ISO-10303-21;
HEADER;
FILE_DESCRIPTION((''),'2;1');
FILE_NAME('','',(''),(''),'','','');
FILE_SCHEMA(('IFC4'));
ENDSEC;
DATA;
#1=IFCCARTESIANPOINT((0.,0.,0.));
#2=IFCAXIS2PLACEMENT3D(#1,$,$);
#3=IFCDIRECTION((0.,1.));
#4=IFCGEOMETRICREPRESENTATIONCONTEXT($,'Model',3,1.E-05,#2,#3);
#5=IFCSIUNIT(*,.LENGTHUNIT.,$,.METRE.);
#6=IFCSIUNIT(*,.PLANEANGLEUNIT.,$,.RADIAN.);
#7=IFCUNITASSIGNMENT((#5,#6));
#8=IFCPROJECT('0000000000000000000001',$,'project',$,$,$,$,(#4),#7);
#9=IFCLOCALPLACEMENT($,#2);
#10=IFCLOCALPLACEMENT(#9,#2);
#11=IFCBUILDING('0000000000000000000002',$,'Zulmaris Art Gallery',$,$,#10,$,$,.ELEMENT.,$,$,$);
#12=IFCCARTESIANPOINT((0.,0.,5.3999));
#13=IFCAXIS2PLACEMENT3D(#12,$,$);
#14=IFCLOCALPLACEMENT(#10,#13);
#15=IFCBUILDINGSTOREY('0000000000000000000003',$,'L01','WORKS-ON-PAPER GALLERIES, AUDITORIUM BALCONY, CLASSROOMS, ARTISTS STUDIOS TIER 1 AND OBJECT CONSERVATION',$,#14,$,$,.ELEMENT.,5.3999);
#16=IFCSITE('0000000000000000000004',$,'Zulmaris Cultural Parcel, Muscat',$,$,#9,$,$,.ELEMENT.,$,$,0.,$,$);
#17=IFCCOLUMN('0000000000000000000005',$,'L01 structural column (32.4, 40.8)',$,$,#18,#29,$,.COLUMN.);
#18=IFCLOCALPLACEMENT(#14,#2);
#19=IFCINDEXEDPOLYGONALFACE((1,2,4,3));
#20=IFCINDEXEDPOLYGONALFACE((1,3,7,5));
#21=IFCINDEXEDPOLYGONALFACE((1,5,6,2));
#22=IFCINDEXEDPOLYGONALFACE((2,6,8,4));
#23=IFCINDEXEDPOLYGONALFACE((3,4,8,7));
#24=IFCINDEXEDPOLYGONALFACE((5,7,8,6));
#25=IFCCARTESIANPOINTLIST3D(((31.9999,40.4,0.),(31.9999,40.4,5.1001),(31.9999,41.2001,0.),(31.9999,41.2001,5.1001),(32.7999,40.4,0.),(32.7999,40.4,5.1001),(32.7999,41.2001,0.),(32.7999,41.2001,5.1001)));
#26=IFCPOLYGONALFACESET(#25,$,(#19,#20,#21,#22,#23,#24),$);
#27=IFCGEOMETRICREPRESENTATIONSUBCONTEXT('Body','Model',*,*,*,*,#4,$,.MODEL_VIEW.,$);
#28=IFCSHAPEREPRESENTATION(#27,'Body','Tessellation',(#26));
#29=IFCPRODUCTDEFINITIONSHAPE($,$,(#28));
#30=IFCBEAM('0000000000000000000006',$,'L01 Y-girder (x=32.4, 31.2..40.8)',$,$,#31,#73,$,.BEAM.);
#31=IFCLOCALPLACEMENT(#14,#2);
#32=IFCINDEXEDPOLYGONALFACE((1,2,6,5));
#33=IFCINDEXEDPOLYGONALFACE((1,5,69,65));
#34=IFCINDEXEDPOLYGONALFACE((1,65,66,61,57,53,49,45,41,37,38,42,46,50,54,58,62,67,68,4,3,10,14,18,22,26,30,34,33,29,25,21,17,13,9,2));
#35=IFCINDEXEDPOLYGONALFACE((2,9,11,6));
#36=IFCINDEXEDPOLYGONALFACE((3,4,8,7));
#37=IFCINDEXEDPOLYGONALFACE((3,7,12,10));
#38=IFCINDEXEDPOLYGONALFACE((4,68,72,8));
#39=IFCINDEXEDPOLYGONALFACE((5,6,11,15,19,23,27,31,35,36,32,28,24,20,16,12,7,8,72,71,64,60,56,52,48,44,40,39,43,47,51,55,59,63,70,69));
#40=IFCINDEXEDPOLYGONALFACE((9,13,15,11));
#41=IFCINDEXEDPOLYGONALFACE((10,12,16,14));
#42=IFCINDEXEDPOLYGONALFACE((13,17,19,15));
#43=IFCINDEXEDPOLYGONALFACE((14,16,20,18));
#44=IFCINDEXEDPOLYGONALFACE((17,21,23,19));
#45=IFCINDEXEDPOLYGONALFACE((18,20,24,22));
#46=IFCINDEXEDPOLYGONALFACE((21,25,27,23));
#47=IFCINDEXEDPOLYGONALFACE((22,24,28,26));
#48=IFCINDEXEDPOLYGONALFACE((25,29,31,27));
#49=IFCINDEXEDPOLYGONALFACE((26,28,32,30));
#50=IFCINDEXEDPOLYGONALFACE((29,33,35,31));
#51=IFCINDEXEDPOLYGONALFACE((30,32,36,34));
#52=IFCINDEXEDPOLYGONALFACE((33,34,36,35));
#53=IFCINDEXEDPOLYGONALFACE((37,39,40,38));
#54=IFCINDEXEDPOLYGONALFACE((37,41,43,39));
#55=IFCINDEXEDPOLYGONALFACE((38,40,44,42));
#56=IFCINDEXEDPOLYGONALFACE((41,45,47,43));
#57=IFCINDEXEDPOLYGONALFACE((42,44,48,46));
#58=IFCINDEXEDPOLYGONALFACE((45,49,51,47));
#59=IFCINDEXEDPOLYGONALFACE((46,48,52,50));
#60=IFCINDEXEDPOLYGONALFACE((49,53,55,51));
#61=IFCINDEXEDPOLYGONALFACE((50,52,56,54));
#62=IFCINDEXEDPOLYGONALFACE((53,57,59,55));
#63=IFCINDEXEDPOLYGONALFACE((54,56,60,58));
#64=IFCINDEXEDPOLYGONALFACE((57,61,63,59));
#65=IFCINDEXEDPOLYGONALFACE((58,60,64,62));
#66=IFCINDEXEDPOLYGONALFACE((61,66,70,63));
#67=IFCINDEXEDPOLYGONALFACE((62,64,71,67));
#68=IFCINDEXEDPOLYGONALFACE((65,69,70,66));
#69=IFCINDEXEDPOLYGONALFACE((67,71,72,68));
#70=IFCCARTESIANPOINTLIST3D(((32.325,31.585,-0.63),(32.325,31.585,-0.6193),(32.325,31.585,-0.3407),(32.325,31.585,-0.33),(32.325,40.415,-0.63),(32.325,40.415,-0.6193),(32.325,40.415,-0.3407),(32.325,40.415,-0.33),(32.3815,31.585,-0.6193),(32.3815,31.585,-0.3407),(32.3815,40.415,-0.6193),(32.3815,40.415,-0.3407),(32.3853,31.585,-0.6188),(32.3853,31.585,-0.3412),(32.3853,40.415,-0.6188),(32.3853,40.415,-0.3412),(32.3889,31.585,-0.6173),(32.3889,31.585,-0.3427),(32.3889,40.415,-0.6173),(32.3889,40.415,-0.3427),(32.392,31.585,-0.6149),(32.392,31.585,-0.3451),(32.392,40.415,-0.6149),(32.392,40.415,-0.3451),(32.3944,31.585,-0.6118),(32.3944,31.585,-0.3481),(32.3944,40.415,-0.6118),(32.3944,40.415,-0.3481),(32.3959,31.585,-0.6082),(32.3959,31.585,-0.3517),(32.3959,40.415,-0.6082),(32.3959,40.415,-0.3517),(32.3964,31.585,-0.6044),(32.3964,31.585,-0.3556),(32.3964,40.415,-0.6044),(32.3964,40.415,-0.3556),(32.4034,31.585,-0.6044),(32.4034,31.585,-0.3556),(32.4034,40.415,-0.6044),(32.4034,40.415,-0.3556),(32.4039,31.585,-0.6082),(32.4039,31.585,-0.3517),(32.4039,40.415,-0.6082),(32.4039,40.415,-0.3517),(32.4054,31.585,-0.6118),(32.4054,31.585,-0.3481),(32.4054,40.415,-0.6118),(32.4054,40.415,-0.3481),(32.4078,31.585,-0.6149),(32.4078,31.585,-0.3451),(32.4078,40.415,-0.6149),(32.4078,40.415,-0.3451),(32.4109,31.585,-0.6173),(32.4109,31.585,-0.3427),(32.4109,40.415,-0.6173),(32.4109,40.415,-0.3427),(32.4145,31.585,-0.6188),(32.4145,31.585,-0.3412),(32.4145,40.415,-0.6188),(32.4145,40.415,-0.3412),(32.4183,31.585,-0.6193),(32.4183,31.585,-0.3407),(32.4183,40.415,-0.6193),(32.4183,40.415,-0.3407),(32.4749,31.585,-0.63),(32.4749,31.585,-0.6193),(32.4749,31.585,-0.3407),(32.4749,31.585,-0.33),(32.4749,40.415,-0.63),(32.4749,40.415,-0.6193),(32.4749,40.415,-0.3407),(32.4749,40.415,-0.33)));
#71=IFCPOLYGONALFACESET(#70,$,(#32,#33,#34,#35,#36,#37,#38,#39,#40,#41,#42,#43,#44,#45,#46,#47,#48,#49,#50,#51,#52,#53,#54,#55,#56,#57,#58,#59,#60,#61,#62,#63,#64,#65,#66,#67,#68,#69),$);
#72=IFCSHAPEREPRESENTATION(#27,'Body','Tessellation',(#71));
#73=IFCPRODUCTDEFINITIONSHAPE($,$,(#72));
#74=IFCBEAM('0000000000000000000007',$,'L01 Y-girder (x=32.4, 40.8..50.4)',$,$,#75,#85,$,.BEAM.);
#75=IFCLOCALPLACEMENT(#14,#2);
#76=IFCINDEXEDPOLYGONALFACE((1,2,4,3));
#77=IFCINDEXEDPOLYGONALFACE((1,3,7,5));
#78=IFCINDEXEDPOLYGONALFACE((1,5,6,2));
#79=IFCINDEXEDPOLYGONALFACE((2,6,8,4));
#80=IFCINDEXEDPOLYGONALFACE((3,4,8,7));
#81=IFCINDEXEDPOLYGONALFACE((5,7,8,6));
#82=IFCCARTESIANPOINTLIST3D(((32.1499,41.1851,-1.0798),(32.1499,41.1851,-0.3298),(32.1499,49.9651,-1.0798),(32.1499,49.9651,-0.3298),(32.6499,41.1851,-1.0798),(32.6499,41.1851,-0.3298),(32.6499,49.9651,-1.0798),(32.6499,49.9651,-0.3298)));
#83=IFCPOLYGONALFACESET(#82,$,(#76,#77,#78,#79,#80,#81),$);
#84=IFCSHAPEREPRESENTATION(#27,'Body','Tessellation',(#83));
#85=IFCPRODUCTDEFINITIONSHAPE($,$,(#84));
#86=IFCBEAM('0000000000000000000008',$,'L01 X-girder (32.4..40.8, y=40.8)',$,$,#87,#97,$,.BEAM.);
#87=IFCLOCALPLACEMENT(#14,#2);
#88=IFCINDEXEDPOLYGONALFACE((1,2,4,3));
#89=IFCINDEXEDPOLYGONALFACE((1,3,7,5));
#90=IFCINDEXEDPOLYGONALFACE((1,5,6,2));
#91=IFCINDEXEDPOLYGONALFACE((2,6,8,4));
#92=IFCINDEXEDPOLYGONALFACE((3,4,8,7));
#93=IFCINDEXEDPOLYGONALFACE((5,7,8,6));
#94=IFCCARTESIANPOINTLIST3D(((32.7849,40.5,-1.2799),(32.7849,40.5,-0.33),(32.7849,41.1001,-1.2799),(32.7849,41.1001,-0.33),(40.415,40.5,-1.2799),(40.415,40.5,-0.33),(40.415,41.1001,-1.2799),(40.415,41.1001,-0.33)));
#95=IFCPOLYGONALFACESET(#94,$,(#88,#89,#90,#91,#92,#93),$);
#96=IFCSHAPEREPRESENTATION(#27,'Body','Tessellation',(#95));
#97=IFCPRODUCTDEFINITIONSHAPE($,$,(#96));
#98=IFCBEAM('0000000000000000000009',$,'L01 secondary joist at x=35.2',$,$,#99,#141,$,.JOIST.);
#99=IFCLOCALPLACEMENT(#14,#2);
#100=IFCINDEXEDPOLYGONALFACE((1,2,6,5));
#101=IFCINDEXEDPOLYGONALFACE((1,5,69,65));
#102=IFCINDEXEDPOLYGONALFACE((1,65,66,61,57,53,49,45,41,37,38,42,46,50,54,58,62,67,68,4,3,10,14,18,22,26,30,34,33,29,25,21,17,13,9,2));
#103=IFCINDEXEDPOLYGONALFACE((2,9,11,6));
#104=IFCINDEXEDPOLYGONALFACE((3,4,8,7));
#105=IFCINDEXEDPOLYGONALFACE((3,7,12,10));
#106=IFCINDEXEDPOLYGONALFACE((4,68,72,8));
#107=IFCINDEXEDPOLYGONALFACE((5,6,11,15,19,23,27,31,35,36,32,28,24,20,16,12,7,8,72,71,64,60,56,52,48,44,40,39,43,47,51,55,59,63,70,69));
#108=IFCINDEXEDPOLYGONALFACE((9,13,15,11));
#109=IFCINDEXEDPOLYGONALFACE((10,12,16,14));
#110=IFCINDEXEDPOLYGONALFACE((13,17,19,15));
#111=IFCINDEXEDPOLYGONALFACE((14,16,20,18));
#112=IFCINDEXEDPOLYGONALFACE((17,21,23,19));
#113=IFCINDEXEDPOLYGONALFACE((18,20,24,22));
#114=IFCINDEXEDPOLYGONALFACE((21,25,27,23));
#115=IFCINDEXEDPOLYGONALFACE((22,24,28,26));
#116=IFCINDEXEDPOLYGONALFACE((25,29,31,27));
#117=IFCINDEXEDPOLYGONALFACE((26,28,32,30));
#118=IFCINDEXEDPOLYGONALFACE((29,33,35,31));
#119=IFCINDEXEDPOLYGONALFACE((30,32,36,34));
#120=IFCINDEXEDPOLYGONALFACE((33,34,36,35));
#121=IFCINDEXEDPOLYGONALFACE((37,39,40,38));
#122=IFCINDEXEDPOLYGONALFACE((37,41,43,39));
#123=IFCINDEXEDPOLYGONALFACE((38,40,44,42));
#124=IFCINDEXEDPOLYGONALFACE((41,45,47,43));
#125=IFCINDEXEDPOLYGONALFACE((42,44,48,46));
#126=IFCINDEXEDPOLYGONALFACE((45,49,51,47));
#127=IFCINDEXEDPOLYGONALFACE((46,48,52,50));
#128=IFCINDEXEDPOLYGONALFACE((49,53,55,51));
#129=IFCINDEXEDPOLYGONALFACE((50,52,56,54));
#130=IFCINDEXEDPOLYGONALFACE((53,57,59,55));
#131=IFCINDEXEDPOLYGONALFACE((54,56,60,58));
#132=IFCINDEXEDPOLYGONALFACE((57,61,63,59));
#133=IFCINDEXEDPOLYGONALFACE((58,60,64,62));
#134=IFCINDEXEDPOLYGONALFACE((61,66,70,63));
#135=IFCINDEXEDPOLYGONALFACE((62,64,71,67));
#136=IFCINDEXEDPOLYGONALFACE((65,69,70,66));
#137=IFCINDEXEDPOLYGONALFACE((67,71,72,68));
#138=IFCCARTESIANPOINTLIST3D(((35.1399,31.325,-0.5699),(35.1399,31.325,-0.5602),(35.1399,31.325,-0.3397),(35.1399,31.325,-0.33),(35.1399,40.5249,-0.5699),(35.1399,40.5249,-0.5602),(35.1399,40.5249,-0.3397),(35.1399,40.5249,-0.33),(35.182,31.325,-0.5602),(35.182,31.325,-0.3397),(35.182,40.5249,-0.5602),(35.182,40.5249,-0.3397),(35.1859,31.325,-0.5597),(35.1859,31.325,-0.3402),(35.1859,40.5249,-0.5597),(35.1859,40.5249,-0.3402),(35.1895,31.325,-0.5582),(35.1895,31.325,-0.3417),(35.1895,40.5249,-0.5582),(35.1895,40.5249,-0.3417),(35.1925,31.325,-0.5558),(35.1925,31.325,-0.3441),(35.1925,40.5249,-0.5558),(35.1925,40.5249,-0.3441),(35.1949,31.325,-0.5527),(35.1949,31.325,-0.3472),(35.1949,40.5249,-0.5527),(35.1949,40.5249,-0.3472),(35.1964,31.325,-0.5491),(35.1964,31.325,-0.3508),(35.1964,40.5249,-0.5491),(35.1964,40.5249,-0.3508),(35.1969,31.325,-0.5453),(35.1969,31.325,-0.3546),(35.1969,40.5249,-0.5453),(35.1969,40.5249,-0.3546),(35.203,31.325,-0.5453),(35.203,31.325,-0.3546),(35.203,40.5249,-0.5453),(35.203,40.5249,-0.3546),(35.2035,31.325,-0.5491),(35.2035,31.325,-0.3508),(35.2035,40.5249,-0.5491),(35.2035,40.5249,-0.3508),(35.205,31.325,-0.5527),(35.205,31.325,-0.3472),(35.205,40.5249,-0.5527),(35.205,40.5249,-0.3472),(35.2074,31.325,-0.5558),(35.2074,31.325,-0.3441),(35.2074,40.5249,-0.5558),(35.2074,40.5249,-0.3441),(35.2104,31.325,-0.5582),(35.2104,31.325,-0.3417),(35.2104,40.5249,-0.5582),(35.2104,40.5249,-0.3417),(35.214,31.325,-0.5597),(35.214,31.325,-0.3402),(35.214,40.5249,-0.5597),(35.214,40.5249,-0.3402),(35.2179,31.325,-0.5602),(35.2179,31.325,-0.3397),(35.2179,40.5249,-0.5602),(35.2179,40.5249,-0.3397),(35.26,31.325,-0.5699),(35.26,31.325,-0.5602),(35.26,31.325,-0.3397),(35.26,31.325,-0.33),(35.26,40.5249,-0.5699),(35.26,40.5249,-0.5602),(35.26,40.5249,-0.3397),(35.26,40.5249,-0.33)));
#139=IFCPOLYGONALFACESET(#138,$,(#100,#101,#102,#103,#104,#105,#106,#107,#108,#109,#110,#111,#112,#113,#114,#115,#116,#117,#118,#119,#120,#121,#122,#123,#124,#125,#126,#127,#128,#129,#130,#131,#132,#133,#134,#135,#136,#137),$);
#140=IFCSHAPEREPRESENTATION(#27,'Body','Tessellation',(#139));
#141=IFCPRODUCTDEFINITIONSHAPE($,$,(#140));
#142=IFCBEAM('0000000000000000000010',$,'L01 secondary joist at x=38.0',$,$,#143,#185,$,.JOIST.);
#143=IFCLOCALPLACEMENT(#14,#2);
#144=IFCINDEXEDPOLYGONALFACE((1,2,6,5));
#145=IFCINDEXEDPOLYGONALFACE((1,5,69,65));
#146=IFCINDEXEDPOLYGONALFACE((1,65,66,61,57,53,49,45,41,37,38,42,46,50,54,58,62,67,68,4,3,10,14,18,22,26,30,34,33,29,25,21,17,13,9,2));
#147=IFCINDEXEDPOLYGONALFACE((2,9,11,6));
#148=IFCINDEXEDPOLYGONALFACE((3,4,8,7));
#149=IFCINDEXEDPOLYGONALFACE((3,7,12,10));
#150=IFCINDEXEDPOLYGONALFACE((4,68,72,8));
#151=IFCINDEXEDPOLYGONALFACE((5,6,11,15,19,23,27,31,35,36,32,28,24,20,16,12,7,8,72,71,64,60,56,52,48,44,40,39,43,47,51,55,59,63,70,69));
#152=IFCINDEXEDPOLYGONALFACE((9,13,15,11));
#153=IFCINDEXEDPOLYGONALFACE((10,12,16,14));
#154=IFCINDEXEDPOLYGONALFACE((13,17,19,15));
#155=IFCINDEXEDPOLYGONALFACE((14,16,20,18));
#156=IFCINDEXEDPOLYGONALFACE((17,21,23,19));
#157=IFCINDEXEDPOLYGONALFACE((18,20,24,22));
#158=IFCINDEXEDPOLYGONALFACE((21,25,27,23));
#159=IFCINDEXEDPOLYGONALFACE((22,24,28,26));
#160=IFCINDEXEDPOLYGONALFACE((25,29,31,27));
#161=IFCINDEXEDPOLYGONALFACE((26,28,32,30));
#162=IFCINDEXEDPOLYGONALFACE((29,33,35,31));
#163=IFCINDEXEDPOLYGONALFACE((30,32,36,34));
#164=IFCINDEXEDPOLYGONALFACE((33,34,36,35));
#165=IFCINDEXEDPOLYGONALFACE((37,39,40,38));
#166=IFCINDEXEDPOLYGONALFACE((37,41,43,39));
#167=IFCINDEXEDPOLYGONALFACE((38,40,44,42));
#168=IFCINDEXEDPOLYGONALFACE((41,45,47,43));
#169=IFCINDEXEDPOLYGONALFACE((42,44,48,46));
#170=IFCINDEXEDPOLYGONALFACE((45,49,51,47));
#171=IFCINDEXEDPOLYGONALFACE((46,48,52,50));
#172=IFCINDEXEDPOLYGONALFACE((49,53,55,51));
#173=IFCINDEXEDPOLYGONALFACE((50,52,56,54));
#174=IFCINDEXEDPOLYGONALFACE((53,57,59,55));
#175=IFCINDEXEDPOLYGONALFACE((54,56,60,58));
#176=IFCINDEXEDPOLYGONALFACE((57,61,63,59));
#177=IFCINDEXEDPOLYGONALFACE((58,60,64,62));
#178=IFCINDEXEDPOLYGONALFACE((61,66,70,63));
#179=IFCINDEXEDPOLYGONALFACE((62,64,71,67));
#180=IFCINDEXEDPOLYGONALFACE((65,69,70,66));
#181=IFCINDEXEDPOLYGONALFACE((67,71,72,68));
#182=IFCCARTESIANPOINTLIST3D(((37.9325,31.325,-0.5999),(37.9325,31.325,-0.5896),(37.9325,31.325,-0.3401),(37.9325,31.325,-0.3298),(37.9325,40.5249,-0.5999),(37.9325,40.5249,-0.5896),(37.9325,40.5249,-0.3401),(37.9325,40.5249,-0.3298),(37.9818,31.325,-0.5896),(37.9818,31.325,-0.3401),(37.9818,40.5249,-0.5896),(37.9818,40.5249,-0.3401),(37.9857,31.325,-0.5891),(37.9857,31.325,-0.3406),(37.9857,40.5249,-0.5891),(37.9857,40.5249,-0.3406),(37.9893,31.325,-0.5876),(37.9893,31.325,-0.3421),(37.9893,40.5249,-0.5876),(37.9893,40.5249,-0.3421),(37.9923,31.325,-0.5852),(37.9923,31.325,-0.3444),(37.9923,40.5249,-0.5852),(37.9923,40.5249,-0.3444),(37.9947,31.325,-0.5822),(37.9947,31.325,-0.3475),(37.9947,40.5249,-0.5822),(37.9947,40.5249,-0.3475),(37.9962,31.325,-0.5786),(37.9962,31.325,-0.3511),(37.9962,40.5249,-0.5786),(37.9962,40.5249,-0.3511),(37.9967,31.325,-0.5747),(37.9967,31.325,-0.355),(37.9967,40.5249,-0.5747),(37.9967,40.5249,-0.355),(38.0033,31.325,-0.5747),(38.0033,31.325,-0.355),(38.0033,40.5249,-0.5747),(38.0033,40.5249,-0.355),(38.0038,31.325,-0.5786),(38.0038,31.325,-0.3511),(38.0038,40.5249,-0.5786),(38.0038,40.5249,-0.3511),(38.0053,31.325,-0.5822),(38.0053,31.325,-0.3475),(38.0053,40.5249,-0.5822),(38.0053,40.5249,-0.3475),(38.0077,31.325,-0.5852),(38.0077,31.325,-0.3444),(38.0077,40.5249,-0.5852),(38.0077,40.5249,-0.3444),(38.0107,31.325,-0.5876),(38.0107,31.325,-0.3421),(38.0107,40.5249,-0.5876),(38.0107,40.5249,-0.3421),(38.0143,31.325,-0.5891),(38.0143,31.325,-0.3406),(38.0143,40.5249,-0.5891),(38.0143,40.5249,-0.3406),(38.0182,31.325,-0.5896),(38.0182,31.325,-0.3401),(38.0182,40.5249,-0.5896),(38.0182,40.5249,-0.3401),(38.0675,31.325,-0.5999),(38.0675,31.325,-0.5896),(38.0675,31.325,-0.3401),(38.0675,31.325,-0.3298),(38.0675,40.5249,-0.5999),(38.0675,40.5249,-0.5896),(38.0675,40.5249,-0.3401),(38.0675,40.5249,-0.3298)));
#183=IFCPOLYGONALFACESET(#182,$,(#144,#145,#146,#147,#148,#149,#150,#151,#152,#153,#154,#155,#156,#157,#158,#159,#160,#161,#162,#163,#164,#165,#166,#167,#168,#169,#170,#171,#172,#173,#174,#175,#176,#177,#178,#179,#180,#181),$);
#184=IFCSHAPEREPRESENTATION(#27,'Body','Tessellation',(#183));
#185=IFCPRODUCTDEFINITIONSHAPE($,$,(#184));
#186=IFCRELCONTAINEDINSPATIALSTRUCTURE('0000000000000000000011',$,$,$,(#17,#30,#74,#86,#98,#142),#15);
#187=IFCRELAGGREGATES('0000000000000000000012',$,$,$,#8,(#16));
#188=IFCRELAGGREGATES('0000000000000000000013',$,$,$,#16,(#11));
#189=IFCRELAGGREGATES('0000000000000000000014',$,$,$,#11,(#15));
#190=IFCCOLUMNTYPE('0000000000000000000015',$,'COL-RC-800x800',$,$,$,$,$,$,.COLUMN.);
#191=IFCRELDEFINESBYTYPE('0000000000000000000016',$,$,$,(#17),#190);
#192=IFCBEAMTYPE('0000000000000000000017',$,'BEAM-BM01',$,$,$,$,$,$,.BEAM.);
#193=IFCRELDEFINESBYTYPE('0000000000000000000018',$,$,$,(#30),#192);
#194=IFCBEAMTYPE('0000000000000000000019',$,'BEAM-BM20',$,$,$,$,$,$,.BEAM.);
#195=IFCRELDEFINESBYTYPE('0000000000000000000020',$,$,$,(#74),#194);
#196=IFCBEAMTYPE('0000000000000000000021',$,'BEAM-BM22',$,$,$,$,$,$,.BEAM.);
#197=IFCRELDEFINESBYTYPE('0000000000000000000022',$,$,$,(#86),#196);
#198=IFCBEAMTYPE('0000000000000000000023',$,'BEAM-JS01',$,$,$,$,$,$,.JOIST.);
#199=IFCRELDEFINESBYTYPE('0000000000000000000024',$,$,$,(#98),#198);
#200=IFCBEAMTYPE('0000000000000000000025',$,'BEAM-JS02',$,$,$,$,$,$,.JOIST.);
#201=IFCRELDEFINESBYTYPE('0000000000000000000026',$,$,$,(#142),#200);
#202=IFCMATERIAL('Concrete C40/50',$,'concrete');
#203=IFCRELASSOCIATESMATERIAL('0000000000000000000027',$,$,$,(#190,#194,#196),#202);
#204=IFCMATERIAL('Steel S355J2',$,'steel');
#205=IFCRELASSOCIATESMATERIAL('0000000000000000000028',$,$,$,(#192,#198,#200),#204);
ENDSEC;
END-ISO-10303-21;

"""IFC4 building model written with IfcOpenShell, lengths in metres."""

from ifc_helpers import new_model, si_unit, direction, frame, origin, origin_2d, place, context, subcontext, project, spatial, rectangle, i_section, extrude, material, material_profile, profile_set, type_object, element, save


model = new_model("IFC4")

# Units and contexts
model_context = context("Model", 3, precision=1e-05, world=origin(), true_north=direction((0.0, 1.0)))
body_context = subcontext(model_context, "Body", "Model", "MODEL_VIEW")
ifc_project = project(units=[si_unit("LENGTHUNIT", "METRE"), si_unit("PLANEANGLEUNIT", "RADIAN")], contexts=[model_context])

# Site, building, storey
site_placement = place(None, origin())
site = spatial("IfcSite", under=ifc_project, at=site_placement, Name="Zulmaris Cultural Parcel, Muscat", CompositionType="ELEMENT", RefElevation=0.0)
building_placement = place(site_placement, origin())
building = spatial("IfcBuilding", under=site, at=building_placement, Name="Zulmaris Art Gallery", CompositionType="ELEMENT")
storey_placement = place(building_placement, frame((0.0, 0.0, 5.3999)))
storey = spatial("IfcBuildingStorey", under=building, at=storey_placement, Name="L01", Description="WORKS-ON-PAPER GALLERIES, AUDITORIUM BALCONY, CLASSROOMS, ARTISTS STUDIOS TIER 1 AND OBJECT CONSERVATION", CompositionType="ELEMENT", Elevation=5.3999)

# Column
ifc_material_1 = material(Name="Concrete C40/50", Category="concrete")
ifc_material_profile_1 = material_profile(ifc_material_1, rectangle(XDim=0.8, YDim=0.8, at=origin_2d()), Name="RC 800x800")
ifc_profile_set_1 = profile_set([ifc_material_profile_1], Name="Concrete C40/50")
column_type = type_object("IfcColumnType", Name="COL-RC-800x800", PredefinedType="COLUMN", material=ifc_profile_set_1)
column_placement = place(storey_placement, frame((32.3999, 40.8, 0.0), z_axis=(0.0, 0.0, 1.0), x_axis=(1.0, 0.0, 0.0)))
element("IfcColumn", 1, at=column_placement, inside=storey, type_object=column_type, Name="L01 structural column (32.4, 40.8)", PredefinedType="COLUMN", context=body_context, shape_type="SweptSolid", body=[
    extrude(rectangle(XDim=0.8, YDim=0.8, at=origin_2d()), origin(), (0.0, 0.0, 1.0), 5.1001),
])

# Beams
ifc_material_2 = material(Name="Steel S355J2", Category="steel")
ifc_material_profile_2 = material_profile(ifc_material_2, i_section(OverallWidth=0.1499, OverallDepth=0.3, WebThickness=0.0071, FlangeThickness=0.0107, FilletRadius=0.0149, at=origin_2d()), Name="IPE 300")
ifc_profile_set_2 = profile_set([ifc_material_profile_2], Name="Steel S355J2")
beam_type_1 = type_object("IfcBeamType", Name="BEAM-BM01", PredefinedType="BEAM", material=ifc_profile_set_2)
beam_1_placement = place(storey_placement, frame((32.3999, 31.585, -0.48), z_axis=(0.0, 1.0, 0.0), x_axis=(-1.0, 0.0, 0.0)))
element("IfcBeam", 2, at=beam_1_placement, inside=storey, type_object=beam_type_1, Name="L01 Y-girder (x=32.4, 31.2..40.8)", PredefinedType="BEAM", context=body_context, shape_type="SweptSolid", body=[
    extrude(i_section(OverallWidth=0.1499, OverallDepth=0.3, WebThickness=0.0071, FlangeThickness=0.0107, FilletRadius=0.0149, at=origin_2d()), origin(), (0.0, 0.0, 1.0), 8.8301),
])
ifc_material_profile_3 = material_profile(ifc_material_1, rectangle(XDim=0.5, YDim=0.75, at=origin_2d()), Name="RC 500x750")
ifc_profile_set_3 = profile_set([ifc_material_profile_3], Name="Concrete C40/50")
beam_type_2 = type_object("IfcBeamType", Name="BEAM-BM20", PredefinedType="BEAM", material=ifc_profile_set_3)
beam_2_placement = place(storey_placement, frame((32.3999, 41.1851, -0.7048), z_axis=(0.0, 1.0, 0.0), x_axis=(-1.0, 0.0, 0.0)))
element("IfcBeam", 3, at=beam_2_placement, inside=storey, type_object=beam_type_2, Name="L01 Y-girder (x=32.4, 40.8..50.4)", PredefinedType="BEAM", context=body_context, shape_type="SweptSolid", body=[
    extrude(rectangle(XDim=0.5, YDim=0.75, at=origin_2d()), origin(), (0.0, 0.0, 1.0), 8.78),
])
ifc_material_profile_4 = material_profile(ifc_material_1, rectangle(XDim=0.6001, YDim=0.95, at=origin_2d()), Name="RC 600x950")
ifc_profile_set_4 = profile_set([ifc_material_profile_4], Name="Concrete C40/50")
beam_type_3 = type_object("IfcBeamType", Name="BEAM-BM22", PredefinedType="BEAM", material=ifc_profile_set_4)
beam_3_placement = place(storey_placement, frame((32.7849, 40.8, -0.8049), z_axis=(1.0, 0.0, 0.0), x_axis=(0.0, 1.0, 0.0)))
element("IfcBeam", 4, at=beam_3_placement, inside=storey, type_object=beam_type_3, Name="L01 X-girder (32.4..40.8, y=40.8)", PredefinedType="BEAM", context=body_context, shape_type="SweptSolid", body=[
    extrude(rectangle(XDim=0.6001, YDim=0.95, at=origin_2d()), origin(), (0.0, 0.0, 1.0), 7.6301),
])
ifc_material_profile_5 = material_profile(ifc_material_2, i_section(OverallWidth=0.1201, OverallDepth=0.24, WebThickness=0.0061, FlangeThickness=0.0098, FilletRadius=0.0149, at=origin_2d()), Name="IPE 240")
ifc_profile_set_5 = profile_set([ifc_material_profile_5], Name="Steel S355J2")
beam_type_4 = type_object("IfcBeamType", Name="BEAM-JS01", PredefinedType="JOIST", material=ifc_profile_set_5)
beam_4_placement = place(storey_placement, frame((35.2, 31.325, -0.45), z_axis=(0.0, 1.0, 0.0), x_axis=(-1.0, 0.0, 0.0)))
element("IfcBeam", 5, at=beam_4_placement, inside=storey, type_object=beam_type_4, Name="L01 secondary joist at x=35.2", PredefinedType="JOIST", context=body_context, shape_type="SweptSolid", body=[
    extrude(i_section(OverallWidth=0.1201, OverallDepth=0.24, WebThickness=0.0061, FlangeThickness=0.0098, FilletRadius=0.0149, at=origin_2d()), origin(), (0.0, 0.0, 1.0), 9.2),
])
ifc_material_profile_6 = material_profile(ifc_material_2, i_section(OverallWidth=0.135, OverallDepth=0.27, WebThickness=0.0066, FlangeThickness=0.0103, FilletRadius=0.0149, at=origin_2d()), Name="IPE 270")
ifc_profile_set_6 = profile_set([ifc_material_profile_6], Name="Steel S355J2")
beam_type_5 = type_object("IfcBeamType", Name="BEAM-JS02", PredefinedType="JOIST", material=ifc_profile_set_6)
for number, where, z_axis, x_axis, name in (
    (6, (38.0, 31.325, -0.4648), (0.0, 1.0, 0.0), (-1.0, 0.0, 0.0), "L01 secondary joist at x=38.0"),
):
    element("IfcBeam", number, at=place(storey_placement, frame(where, z_axis=z_axis, x_axis=x_axis)), inside=storey, type_object=beam_type_5, Name=name, PredefinedType="JOIST", context=body_context, shape_type="SweptSolid", body=[
        extrude(i_section(OverallWidth=0.135, OverallDepth=0.27, WebThickness=0.0066, FlangeThickness=0.0103, FilletRadius=0.0149, at=origin_2d()), origin(), (0.0, 0.0, 1.0), 9.2),
    ])

save(model, "model.ifc")
